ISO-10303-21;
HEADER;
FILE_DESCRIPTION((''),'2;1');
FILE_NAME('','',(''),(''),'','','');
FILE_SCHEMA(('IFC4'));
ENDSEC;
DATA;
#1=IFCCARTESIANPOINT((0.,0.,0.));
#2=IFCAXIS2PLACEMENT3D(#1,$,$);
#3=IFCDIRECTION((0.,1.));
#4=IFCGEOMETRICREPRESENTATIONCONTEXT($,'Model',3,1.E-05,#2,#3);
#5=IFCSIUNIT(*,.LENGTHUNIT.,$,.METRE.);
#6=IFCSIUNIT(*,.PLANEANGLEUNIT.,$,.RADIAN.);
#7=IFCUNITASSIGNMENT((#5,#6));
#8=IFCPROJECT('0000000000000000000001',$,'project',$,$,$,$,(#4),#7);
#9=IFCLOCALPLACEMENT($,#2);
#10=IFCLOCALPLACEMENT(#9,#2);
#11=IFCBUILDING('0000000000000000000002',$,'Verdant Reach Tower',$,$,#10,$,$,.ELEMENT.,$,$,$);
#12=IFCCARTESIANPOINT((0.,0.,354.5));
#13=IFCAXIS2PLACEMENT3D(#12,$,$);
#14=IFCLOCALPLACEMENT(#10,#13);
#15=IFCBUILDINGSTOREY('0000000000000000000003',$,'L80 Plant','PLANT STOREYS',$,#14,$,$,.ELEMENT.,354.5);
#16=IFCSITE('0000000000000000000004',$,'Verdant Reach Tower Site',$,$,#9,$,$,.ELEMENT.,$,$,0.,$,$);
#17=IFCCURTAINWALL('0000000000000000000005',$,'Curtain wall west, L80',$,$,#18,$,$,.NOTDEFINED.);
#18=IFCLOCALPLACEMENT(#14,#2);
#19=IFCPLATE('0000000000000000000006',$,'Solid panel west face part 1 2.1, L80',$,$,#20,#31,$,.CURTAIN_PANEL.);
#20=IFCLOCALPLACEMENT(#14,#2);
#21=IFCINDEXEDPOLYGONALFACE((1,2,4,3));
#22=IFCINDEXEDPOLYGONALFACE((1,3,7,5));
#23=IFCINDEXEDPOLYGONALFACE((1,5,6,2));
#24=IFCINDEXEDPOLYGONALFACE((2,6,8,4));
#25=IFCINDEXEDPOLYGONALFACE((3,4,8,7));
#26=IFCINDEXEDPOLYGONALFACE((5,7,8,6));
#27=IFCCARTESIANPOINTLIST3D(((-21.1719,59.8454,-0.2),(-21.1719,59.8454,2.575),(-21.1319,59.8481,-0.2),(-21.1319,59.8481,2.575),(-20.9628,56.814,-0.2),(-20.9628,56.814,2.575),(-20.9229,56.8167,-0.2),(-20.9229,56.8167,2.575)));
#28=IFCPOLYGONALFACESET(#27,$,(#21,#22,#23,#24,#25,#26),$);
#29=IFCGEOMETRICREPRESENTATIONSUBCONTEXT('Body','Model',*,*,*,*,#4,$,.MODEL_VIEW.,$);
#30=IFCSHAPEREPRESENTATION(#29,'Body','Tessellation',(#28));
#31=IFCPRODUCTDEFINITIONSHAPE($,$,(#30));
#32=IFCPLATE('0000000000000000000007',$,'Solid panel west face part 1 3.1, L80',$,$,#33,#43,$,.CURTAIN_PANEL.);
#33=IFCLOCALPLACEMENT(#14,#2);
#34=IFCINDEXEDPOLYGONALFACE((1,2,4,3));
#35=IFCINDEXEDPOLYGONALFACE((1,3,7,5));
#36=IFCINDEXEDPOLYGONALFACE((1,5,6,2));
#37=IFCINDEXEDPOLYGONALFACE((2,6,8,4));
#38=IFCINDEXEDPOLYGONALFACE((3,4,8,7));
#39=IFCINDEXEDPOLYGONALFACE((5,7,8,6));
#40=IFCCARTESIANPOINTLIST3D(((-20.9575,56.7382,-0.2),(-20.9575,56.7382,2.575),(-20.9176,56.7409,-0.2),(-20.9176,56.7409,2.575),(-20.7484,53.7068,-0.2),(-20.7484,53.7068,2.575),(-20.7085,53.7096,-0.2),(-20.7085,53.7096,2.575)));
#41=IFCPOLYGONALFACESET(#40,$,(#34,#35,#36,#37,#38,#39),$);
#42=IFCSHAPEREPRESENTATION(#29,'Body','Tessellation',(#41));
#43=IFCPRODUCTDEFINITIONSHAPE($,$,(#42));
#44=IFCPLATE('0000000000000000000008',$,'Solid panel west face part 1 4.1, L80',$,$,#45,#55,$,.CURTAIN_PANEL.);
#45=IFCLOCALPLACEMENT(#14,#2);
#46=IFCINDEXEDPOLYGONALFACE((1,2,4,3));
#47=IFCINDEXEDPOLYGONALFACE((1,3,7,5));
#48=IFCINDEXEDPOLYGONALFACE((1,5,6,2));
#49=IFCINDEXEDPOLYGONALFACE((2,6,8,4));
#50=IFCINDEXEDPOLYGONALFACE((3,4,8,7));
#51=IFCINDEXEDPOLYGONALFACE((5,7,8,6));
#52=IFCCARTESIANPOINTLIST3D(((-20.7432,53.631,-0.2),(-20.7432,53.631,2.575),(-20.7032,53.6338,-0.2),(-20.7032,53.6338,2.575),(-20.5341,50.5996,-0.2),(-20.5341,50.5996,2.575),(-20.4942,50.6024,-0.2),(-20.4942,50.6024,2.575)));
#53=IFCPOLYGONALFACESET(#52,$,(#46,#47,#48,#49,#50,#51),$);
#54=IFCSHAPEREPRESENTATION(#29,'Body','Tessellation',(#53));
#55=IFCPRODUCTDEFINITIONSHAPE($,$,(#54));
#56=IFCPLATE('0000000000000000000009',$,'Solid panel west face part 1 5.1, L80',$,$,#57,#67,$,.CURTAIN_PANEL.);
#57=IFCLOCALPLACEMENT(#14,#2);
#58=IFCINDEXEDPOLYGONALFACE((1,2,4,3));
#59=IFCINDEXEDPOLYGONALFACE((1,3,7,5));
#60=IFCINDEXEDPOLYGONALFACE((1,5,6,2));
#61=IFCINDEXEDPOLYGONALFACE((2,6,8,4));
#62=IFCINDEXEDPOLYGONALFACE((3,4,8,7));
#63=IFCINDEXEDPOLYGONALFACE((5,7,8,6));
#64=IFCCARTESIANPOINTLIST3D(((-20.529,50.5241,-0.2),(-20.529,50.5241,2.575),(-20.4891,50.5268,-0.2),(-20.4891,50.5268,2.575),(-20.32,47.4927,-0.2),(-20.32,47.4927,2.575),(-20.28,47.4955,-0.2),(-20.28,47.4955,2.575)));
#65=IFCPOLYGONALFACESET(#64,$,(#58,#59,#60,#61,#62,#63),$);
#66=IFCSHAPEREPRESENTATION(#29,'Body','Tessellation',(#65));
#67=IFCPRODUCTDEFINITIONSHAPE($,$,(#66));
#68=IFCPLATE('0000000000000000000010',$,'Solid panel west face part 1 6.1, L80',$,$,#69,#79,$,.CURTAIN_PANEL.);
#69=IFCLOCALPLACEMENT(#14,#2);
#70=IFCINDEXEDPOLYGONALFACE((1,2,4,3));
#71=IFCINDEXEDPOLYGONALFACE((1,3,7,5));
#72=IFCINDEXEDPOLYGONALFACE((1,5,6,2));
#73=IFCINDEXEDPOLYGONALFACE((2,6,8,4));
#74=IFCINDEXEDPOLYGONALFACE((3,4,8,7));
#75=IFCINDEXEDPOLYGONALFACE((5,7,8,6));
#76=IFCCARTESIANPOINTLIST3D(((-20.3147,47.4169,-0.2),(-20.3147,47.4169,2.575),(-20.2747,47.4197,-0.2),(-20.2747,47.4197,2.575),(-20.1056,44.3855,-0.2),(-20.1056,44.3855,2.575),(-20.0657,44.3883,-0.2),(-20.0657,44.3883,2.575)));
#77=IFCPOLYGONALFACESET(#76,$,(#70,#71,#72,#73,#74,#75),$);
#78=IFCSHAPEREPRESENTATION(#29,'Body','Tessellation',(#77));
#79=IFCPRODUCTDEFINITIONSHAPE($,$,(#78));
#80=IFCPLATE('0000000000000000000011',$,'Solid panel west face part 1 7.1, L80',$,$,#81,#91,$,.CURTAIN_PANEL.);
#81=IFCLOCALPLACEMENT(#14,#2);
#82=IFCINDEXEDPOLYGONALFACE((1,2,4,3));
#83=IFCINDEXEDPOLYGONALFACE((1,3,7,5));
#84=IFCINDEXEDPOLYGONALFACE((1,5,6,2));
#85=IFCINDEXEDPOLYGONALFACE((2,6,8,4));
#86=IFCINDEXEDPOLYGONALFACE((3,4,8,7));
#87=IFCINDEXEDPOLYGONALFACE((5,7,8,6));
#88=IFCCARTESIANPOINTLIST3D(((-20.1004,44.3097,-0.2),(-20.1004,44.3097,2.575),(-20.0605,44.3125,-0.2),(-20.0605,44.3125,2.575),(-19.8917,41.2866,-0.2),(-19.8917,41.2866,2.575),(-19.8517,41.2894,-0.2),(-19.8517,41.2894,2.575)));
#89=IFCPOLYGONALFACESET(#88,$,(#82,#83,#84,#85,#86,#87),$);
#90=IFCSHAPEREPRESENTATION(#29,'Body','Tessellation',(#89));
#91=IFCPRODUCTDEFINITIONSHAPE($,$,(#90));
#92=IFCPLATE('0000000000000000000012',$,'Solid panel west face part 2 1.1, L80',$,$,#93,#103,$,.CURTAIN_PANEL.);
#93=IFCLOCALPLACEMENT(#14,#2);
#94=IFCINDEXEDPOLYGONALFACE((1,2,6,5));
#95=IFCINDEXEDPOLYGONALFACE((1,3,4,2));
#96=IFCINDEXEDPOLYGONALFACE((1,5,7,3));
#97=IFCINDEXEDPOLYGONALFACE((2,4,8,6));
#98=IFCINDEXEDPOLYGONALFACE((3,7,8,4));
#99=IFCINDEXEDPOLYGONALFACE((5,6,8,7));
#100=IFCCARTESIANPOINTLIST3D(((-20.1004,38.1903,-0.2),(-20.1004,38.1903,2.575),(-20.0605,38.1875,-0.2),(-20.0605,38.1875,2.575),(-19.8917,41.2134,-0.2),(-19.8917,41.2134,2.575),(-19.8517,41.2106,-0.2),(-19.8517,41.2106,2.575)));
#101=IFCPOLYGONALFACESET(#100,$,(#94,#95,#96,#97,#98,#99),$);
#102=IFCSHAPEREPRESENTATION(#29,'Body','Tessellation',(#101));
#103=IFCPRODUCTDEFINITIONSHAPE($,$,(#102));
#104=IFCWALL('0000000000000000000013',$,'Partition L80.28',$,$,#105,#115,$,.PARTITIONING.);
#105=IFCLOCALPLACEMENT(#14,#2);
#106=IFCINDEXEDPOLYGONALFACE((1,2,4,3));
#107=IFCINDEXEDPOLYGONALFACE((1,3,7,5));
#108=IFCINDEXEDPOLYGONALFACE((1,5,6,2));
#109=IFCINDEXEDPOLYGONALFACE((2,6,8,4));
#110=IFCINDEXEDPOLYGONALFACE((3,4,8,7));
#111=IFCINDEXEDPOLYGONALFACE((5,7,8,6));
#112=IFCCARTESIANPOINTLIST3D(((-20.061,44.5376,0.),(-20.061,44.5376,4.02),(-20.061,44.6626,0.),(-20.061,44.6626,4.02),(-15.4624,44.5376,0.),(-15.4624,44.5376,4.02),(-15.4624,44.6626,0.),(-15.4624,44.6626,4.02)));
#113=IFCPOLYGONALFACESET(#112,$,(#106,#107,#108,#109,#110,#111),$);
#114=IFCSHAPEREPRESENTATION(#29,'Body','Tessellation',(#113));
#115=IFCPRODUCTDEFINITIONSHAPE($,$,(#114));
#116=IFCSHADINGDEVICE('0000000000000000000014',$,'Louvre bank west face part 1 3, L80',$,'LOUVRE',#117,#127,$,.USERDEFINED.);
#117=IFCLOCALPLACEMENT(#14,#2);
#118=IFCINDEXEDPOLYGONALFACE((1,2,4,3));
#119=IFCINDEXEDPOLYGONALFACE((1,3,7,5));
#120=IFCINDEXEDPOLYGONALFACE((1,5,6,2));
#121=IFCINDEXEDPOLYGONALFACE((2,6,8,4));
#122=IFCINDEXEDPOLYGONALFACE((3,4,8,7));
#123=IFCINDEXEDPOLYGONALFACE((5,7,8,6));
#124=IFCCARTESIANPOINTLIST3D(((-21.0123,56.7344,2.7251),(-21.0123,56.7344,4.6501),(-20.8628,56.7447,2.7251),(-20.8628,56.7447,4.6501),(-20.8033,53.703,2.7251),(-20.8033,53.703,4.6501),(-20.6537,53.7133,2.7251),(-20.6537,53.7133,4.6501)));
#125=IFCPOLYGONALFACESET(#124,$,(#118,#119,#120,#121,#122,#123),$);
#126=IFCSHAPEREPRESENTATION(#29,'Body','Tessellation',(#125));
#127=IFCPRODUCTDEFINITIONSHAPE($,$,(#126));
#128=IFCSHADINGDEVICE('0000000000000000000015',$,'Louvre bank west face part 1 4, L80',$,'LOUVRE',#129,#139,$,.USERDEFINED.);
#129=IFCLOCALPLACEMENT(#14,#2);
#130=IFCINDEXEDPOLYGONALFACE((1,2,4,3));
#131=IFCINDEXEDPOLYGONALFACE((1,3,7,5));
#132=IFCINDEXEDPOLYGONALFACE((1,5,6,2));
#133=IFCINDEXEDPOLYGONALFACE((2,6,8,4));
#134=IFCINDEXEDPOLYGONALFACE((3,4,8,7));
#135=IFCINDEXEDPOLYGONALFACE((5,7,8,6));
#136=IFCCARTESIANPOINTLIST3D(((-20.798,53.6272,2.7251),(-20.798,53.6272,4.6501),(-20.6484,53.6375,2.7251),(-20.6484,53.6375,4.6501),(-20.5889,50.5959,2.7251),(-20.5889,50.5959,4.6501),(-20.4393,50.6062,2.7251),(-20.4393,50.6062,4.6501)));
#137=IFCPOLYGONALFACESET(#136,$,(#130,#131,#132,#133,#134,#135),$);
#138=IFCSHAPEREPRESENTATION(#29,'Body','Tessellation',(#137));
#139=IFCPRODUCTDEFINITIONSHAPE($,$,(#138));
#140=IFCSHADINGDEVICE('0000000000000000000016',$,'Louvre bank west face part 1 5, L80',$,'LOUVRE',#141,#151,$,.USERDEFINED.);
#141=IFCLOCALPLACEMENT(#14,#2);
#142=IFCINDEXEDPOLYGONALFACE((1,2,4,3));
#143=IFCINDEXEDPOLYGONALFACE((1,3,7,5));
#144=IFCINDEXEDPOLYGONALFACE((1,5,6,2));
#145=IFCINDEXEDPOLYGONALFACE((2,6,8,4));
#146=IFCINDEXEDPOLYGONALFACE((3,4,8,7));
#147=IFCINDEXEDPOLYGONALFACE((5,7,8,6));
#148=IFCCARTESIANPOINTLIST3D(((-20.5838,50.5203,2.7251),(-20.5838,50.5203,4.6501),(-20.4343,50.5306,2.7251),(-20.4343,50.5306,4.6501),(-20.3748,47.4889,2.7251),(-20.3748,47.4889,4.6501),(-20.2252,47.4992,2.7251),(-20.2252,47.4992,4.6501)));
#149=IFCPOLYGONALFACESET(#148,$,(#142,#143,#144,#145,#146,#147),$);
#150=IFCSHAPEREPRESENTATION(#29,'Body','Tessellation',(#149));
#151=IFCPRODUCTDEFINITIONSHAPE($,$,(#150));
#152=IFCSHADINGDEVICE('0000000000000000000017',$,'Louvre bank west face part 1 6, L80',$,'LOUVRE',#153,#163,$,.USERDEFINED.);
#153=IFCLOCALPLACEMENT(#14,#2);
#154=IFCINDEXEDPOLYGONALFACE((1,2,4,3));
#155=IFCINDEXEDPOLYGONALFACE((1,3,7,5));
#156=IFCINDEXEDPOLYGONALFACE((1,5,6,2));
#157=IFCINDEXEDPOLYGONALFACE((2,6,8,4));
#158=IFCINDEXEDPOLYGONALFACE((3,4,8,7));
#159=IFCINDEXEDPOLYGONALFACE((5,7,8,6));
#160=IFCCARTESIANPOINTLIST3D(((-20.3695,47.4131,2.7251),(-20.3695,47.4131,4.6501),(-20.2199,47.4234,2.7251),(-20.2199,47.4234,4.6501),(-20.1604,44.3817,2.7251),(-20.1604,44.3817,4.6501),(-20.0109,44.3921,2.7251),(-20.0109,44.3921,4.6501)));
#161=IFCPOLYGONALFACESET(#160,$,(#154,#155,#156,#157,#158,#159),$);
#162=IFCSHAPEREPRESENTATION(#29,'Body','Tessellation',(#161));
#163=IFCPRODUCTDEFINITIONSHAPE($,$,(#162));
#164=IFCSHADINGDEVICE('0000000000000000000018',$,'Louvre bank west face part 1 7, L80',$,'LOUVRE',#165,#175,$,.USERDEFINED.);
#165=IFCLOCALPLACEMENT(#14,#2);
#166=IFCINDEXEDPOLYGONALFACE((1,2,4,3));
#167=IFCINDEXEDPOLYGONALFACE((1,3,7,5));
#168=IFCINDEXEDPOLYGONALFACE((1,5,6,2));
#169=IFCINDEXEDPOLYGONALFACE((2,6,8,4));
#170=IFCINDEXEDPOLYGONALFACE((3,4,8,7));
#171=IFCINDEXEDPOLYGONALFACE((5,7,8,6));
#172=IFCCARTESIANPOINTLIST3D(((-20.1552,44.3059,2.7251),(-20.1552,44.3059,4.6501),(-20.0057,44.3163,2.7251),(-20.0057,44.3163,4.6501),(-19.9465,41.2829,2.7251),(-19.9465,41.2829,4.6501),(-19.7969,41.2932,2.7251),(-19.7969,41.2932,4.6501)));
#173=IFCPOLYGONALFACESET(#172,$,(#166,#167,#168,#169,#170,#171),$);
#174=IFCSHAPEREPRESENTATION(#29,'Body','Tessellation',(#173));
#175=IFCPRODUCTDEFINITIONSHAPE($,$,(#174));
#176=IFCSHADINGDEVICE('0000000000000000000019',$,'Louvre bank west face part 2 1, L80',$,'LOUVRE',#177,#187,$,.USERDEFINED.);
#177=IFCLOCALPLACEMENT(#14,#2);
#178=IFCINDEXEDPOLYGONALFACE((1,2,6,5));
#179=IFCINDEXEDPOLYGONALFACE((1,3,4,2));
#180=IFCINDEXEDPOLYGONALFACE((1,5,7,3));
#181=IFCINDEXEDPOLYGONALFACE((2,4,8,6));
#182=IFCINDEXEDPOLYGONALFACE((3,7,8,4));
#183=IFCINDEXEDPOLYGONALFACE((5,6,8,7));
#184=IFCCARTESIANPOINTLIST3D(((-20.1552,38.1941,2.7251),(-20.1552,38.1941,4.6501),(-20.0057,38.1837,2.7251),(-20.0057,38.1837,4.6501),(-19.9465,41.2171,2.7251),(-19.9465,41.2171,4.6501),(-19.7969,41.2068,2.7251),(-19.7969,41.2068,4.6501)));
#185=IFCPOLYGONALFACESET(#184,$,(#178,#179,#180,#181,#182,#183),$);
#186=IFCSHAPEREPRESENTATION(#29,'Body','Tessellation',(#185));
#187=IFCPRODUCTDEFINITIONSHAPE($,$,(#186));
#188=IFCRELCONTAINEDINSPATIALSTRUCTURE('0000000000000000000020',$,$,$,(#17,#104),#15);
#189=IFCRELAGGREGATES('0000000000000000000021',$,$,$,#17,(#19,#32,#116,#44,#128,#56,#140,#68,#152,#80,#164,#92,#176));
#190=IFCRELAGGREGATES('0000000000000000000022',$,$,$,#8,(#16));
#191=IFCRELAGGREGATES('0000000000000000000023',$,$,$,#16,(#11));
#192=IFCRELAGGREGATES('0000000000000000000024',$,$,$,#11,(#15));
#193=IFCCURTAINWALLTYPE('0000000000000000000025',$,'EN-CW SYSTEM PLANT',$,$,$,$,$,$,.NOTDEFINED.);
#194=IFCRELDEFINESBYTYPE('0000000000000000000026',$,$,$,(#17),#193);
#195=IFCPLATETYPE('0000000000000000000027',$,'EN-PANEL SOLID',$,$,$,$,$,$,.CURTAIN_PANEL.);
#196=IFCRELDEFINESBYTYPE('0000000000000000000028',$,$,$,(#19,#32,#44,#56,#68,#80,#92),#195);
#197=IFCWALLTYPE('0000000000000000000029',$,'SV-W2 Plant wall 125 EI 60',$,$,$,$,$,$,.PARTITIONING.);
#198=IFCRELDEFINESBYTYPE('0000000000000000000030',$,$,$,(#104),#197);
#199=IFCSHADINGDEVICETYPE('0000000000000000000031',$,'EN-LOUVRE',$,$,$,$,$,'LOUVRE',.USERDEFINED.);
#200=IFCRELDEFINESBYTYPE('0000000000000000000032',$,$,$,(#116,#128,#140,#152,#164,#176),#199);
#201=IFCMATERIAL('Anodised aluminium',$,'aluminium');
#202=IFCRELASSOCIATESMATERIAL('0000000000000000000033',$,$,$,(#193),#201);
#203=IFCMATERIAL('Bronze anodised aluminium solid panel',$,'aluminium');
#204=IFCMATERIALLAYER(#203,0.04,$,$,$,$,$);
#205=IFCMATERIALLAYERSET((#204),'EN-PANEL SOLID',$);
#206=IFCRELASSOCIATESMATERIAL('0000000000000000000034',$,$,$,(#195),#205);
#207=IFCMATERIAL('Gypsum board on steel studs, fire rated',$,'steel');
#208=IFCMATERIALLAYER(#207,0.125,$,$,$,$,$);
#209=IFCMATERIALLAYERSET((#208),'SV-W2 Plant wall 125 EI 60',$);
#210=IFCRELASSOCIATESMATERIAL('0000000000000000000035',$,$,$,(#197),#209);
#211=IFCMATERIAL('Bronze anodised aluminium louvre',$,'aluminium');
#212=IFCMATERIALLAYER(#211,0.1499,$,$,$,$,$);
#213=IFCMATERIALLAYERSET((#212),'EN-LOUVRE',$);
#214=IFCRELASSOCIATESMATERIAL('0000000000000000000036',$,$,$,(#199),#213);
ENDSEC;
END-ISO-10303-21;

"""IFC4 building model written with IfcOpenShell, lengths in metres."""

from ifc_helpers import new_model, si_unit, direction, frame, frame_2d, origin, origin_2d, place, context, subcontext, project, spatial, rectangle, extrude, material, layer, layer_set, type_object, element, aggregate, save


model = new_model("IFC4")

# Units and contexts
model_context = context("Model", 3, precision=1e-05, world=origin(), true_north=direction((0.0, 1.0)))
body_context = subcontext(model_context, "Body", "Model", "MODEL_VIEW")
ifc_project = project(units=[si_unit("LENGTHUNIT", "METRE"), si_unit("PLANEANGLEUNIT", "RADIAN")], contexts=[model_context])

# Site, building, storey
site_placement = place(None, origin())
site = spatial("IfcSite", under=ifc_project, at=site_placement, Name="Verdant Reach Tower Site", CompositionType="ELEMENT", RefElevation=0.0)
building_placement = place(site_placement, origin())
building = spatial("IfcBuilding", under=site, at=building_placement, Name="Verdant Reach Tower", CompositionType="ELEMENT")
storey_placement = place(building_placement, frame((0.0, 0.0, 354.5)))
storey = spatial("IfcBuildingStorey", under=building, at=storey_placement, Name="L80 Plant", Description="PLANT STOREYS", CompositionType="ELEMENT", Elevation=354.5)

# Curtain wall
ifc_material_1 = material(Name="Anodised aluminium", Category="aluminium")
curtain_wall_type = type_object("IfcCurtainWallType", Name="EN-CW SYSTEM PLANT", PredefinedType="NOTDEFINED", material=ifc_material_1)
curtain_wall_placement = place(storey_placement, origin())
curtain_wall = element("IfcCurtainWall", 1, at=curtain_wall_placement, inside=storey, type_object=curtain_wall_type, Name="Curtain wall west, L80", PredefinedType="NOTDEFINED")

# Plates
ifc_material_2 = material(Name="Bronze anodised aluminium solid panel", Category="aluminium")
ifc_layer_1 = layer(ifc_material_2, 0.04)
ifc_layer_set_1 = layer_set([ifc_layer_1], Name="EN-PANEL SOLID")
plate_type = type_object("IfcPlateType", Name="EN-PANEL SOLID", PredefinedType="CURTAIN_PANEL", material=ifc_layer_set_1)
plate_1_placement = place(storey_placement, frame((-21.0474, 58.3311, -0.2), z_axis=(0.0, 0.0, 1.0), x_axis=(0.068802, -0.99763, 0.0)))
plate_1 = element("IfcPlate", 2, at=plate_1_placement, type_object=plate_type, Name="Solid panel west face part 1 2.1, L80", PredefinedType="CURTAIN_PANEL", context=body_context, shape_type="SweptSolid", body=[
    extrude(rectangle(XDim=3.0386, YDim=0.04, at=origin_2d()), origin(), (0.0, 0.0, 1.0), 2.7749),
])
plate_2_placement = place(storey_placement, frame((-20.833, 55.2239, -0.2), z_axis=(0.0, 0.0, 1.0), x_axis=(0.068802, -0.99763, 0.0)))
plate_2 = element("IfcPlate", 3, at=plate_2_placement, type_object=plate_type, Name="Solid panel west face part 1 3.1, L80", PredefinedType="CURTAIN_PANEL", context=body_context, shape_type="SweptSolid", body=[
    extrude(rectangle(XDim=3.0386, YDim=0.04, at=origin_2d()), origin(), (0.0, 0.0, 1.0), 2.7749),
])
plate_3_placement = place(storey_placement, frame((-20.6187, 52.1167, -0.2), z_axis=(0.0, 0.0, 1.0), x_axis=(0.068802, -0.99763, 0.0)))
plate_3 = element("IfcPlate", 4, at=plate_3_placement, type_object=plate_type, Name="Solid panel west face part 1 4.1, L80", PredefinedType="CURTAIN_PANEL", context=body_context, shape_type="SweptSolid", body=[
    extrude(rectangle(XDim=3.0386, YDim=0.04, at=origin_2d()), origin(), (0.0, 0.0, 1.0), 2.7749),
])
plate_4_placement = place(storey_placement, frame((-20.4045, 49.0098, -0.2), z_axis=(0.0, 0.0, 1.0), x_axis=(0.068802, -0.99763, 0.0)))
plate_4 = element("IfcPlate", 5, at=plate_4_placement, type_object=plate_type, Name="Solid panel west face part 1 5.1, L80", PredefinedType="CURTAIN_PANEL", context=body_context, shape_type="SweptSolid", body=[
    extrude(rectangle(XDim=3.0386, YDim=0.04, at=origin_2d()), origin(), (0.0, 0.0, 1.0), 2.7749),
])
plate_5_placement = place(storey_placement, frame((-20.1902, 45.9026, -0.2), z_axis=(0.0, 0.0, 1.0), x_axis=(0.068802, -0.99763, 0.0)))
plate_5 = element("IfcPlate", 6, at=plate_5_placement, type_object=plate_type, Name="Solid panel west face part 1 6.1, L80", PredefinedType="CURTAIN_PANEL", context=body_context, shape_type="SweptSolid", body=[
    extrude(rectangle(XDim=3.0386, YDim=0.04, at=origin_2d()), origin(), (0.0, 0.0, 1.0), 2.7749),
])
plate_6_placement = place(storey_placement, frame((-19.9761, 42.7996, -0.2), z_axis=(0.0, 0.0, 1.0), x_axis=(0.068893, -0.997624, 0.0)))
plate_6 = element("IfcPlate", 7, at=plate_6_placement, type_object=plate_type, Name="Solid panel west face part 1 7.1, L80", PredefinedType="CURTAIN_PANEL", context=body_context, shape_type="SweptSolid", body=[
    extrude(rectangle(XDim=3.0303, YDim=0.04, at=origin_2d()), origin(), (0.0, 0.0, 1.0), 2.7749),
])
plate_7_placement = place(storey_placement, frame((-19.9761, 39.7004, -0.2), z_axis=(0.0, 0.0, 1.0), x_axis=(-0.068893, -0.997624, 0.0)))
plate_7 = element("IfcPlate", 8, at=plate_7_placement, type_object=plate_type, Name="Solid panel west face part 2 1.1, L80", PredefinedType="CURTAIN_PANEL", context=body_context, shape_type="SweptSolid", body=[
    extrude(rectangle(XDim=3.0303, YDim=0.04, at=origin_2d()), origin(), (0.0, 0.0, 1.0), 2.7749),
])

# Wall
ifc_material_3 = material(Name="Gypsum board on steel studs, fire rated", Category="steel")
ifc_layer_2 = layer(ifc_material_3, 0.125)
ifc_layer_set_2 = layer_set([ifc_layer_2], Name="SV-W2 Plant wall 125 EI 60")
wall_type = type_object("IfcWallType", Name="SV-W2 Plant wall 125 EI 60", PredefinedType="PARTITIONING", material=ifc_layer_set_2)
wall_placement = place(storey_placement, frame((-20.061, 44.6001, 0.0), z_axis=(0.0, 0.0, 1.0), x_axis=(1.0, 0.0, 0.0)))
element("IfcWall", 9, at=wall_placement, inside=storey, type_object=wall_type, Name="Partition L80.28", PredefinedType="PARTITIONING", context=body_context, shape_type="SweptSolid", body=[
    extrude(rectangle(XDim=4.5986, YDim=0.125, at=frame_2d((2.2993, 0.0))), origin(), (0.0, 0.0, 1.0), 4.02),
])

# Shading devices
ifc_material_4 = material(Name="Bronze anodised aluminium louvre", Category="aluminium")
ifc_layer_3 = layer(ifc_material_4, 0.1499)
ifc_layer_set_3 = layer_set([ifc_layer_3], Name="EN-LOUVRE")
shading_device_type = type_object("IfcShadingDeviceType", Name="EN-LOUVRE", ElementType="LOUVRE", PredefinedType="USERDEFINED", material=ifc_layer_set_3)
shading_device_1_placement = place(storey_placement, frame((-20.833, 55.2239, 2.7251), z_axis=(0.0, 0.0, 1.0), x_axis=(0.068802, -0.99763, 0.0)))
shading_device_1 = element("IfcShadingDevice", 10, at=shading_device_1_placement, type_object=shading_device_type, Name="Louvre bank west face part 1 3, L80", ObjectType="LOUVRE", PredefinedType="USERDEFINED", context=body_context, shape_type="SweptSolid", body=[
    extrude(rectangle(XDim=3.0386, YDim=0.1499, at=origin_2d()), origin(), (0.0, 0.0, 1.0), 1.925),
])
shading_device_2_placement = place(storey_placement, frame((-20.6187, 52.1167, 2.7251), z_axis=(0.0, 0.0, 1.0), x_axis=(0.068802, -0.99763, 0.0)))
shading_device_2 = element("IfcShadingDevice", 11, at=shading_device_2_placement, type_object=shading_device_type, Name="Louvre bank west face part 1 4, L80", ObjectType="LOUVRE", PredefinedType="USERDEFINED", context=body_context, shape_type="SweptSolid", body=[
    extrude(rectangle(XDim=3.0386, YDim=0.1499, at=origin_2d()), origin(), (0.0, 0.0, 1.0), 1.925),
])
shading_device_3_placement = place(storey_placement, frame((-20.4045, 49.0098, 2.7251), z_axis=(0.0, 0.0, 1.0), x_axis=(0.068802, -0.99763, 0.0)))
shading_device_3 = element("IfcShadingDevice", 12, at=shading_device_3_placement, type_object=shading_device_type, Name="Louvre bank west face part 1 5, L80", ObjectType="LOUVRE", PredefinedType="USERDEFINED", context=body_context, shape_type="SweptSolid", body=[
    extrude(rectangle(XDim=3.0386, YDim=0.1499, at=origin_2d()), origin(), (0.0, 0.0, 1.0), 1.925),
])
shading_device_4_placement = place(storey_placement, frame((-20.1902, 45.9026, 2.7251), z_axis=(0.0, 0.0, 1.0), x_axis=(0.068802, -0.99763, 0.0)))
shading_device_4 = element("IfcShadingDevice", 13, at=shading_device_4_placement, type_object=shading_device_type, Name="Louvre bank west face part 1 6, L80", ObjectType="LOUVRE", PredefinedType="USERDEFINED", context=body_context, shape_type="SweptSolid", body=[
    extrude(rectangle(XDim=3.0386, YDim=0.1499, at=origin_2d()), origin(), (0.0, 0.0, 1.0), 1.925),
])
shading_device_5_placement = place(storey_placement, frame((-19.9761, 42.7996, 2.7251), z_axis=(0.0, 0.0, 1.0), x_axis=(0.068893, -0.997624, 0.0)))
shading_device_5 = element("IfcShadingDevice", 14, at=shading_device_5_placement, type_object=shading_device_type, Name="Louvre bank west face part 1 7, L80", ObjectType="LOUVRE", PredefinedType="USERDEFINED", context=body_context, shape_type="SweptSolid", body=[
    extrude(rectangle(XDim=3.0303, YDim=0.1499, at=origin_2d()), origin(), (0.0, 0.0, 1.0), 1.925),
])
shading_device_6_placement = place(storey_placement, frame((-19.9761, 39.7004, 2.7251), z_axis=(0.0, 0.0, 1.0), x_axis=(-0.068893, -0.997624, 0.0)))
shading_device_6 = element("IfcShadingDevice", 15, at=shading_device_6_placement, type_object=shading_device_type, Name="Louvre bank west face part 2 1, L80", ObjectType="LOUVRE", PredefinedType="USERDEFINED", context=body_context, shape_type="SweptSolid", body=[
    extrude(rectangle(XDim=3.0303, YDim=0.1499, at=origin_2d()), origin(), (0.0, 0.0, 1.0), 1.925),
])
aggregate(curtain_wall, [plate_1, plate_2, shading_device_1, plate_3, shading_device_2, plate_4, shading_device_3, plate_5, shading_device_4, plate_6, shading_device_5, plate_7, shading_device_6])

save(model, "model.ifc")
